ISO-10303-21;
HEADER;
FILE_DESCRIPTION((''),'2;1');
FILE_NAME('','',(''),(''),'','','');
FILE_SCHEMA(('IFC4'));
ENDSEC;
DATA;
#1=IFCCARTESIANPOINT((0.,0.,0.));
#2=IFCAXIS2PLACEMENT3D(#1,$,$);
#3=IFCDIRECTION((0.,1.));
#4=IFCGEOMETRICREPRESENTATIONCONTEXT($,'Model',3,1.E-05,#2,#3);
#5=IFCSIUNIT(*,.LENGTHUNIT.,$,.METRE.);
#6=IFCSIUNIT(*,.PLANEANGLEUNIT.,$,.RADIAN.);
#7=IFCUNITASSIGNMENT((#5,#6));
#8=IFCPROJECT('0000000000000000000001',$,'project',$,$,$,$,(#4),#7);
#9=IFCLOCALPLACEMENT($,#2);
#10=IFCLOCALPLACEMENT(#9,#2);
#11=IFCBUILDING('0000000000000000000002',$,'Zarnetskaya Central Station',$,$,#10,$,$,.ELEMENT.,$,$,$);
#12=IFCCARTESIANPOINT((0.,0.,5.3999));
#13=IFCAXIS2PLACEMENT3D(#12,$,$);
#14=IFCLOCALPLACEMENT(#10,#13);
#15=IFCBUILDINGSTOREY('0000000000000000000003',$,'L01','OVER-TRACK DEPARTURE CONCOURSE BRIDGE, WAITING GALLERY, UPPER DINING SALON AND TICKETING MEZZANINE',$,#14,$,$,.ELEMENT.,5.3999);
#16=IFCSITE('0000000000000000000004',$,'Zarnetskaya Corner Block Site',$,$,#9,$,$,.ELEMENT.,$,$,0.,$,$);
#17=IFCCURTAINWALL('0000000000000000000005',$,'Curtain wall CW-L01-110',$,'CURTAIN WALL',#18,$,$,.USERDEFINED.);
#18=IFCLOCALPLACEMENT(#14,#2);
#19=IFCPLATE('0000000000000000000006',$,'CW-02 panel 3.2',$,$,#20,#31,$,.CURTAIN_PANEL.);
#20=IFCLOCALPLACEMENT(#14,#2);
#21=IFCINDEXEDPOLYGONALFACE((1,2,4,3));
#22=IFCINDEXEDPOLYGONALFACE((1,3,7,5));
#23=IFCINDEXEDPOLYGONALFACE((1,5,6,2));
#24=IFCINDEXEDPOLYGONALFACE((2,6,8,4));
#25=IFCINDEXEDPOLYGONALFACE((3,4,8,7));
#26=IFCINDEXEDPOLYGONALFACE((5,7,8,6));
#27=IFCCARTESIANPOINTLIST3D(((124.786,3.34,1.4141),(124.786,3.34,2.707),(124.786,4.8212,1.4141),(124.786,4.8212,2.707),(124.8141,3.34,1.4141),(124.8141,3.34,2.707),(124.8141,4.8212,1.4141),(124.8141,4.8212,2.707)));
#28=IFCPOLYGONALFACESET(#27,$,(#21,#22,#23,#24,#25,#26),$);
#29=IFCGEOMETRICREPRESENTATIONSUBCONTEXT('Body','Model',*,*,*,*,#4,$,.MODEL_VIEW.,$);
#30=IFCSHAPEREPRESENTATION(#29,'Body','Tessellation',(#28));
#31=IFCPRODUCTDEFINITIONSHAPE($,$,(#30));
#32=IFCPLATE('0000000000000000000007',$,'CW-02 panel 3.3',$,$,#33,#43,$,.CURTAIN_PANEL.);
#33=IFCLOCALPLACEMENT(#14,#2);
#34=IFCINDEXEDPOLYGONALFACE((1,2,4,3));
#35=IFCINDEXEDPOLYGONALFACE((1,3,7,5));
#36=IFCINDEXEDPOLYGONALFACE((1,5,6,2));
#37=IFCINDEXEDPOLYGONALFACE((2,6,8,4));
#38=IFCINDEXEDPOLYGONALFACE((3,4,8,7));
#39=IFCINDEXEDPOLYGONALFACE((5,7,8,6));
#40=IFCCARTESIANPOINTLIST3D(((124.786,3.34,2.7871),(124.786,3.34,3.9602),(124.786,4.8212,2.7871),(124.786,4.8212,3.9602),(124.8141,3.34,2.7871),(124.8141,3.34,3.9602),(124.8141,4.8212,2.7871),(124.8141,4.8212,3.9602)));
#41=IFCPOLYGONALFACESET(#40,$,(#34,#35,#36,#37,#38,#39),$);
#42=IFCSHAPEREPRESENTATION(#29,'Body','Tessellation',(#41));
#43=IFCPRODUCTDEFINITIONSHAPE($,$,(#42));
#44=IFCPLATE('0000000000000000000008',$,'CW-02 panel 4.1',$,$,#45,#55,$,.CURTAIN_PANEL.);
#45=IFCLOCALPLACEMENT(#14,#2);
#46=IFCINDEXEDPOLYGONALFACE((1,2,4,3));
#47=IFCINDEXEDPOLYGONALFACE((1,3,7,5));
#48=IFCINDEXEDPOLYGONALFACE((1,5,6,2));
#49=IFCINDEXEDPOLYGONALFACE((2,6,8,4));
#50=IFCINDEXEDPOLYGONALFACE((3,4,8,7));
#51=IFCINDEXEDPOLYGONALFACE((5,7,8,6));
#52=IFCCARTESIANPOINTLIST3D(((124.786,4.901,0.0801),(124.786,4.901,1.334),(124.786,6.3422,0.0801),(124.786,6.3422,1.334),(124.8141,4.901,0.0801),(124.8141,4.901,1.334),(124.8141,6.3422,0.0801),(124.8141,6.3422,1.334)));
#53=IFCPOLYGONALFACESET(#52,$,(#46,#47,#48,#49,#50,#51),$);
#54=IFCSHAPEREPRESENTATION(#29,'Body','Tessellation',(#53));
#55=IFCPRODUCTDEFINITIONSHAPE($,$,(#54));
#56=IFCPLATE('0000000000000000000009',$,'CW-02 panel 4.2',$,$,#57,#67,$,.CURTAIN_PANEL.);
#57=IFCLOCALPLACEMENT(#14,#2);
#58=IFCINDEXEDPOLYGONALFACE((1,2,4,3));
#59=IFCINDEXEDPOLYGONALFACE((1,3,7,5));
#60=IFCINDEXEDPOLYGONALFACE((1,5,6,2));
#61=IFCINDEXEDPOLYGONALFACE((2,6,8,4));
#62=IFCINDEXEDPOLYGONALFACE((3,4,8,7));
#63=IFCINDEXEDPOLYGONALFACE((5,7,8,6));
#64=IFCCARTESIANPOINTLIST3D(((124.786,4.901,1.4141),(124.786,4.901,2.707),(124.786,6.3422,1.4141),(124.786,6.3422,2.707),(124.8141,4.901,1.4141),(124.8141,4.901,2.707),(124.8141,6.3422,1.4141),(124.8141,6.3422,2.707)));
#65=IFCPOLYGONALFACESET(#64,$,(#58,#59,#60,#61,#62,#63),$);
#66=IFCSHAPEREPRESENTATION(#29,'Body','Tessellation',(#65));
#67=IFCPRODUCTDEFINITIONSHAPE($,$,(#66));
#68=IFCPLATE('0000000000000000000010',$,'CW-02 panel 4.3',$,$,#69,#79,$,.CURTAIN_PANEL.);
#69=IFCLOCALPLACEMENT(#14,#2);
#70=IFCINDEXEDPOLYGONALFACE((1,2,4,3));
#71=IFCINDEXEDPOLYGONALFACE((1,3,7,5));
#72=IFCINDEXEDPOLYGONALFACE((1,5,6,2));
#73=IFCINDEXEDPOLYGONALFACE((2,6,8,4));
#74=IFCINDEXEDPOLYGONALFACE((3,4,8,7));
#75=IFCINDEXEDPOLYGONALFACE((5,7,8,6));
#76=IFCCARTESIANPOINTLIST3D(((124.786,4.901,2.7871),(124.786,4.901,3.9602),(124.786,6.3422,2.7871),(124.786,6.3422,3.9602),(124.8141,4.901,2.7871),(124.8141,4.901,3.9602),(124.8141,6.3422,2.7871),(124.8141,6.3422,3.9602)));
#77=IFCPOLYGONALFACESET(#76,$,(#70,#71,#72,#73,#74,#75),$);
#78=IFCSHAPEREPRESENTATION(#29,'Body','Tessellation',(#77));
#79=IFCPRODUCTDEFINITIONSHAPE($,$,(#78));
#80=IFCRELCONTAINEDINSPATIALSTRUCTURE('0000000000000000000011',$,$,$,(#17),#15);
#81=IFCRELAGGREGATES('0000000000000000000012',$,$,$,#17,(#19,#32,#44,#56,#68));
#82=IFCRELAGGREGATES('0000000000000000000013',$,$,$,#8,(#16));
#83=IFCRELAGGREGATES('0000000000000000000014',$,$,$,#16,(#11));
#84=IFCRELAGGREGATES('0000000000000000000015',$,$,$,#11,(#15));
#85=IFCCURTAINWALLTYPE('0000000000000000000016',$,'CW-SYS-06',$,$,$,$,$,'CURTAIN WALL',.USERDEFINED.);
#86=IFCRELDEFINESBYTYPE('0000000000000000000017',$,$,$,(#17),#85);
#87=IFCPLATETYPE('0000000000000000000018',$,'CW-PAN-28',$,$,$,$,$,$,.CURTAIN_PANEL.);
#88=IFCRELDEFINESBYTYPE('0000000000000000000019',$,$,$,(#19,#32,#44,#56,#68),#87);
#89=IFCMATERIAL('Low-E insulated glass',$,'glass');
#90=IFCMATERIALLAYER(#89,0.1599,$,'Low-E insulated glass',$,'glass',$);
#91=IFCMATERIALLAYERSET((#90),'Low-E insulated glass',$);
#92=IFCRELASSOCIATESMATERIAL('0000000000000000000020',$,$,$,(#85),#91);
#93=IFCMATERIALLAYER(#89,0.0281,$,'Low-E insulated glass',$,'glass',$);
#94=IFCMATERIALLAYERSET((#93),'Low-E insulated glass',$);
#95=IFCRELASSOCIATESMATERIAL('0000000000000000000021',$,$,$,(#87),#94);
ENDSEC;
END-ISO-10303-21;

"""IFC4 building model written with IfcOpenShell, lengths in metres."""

from ifc_helpers import new_model, si_unit, direction, frame, origin, origin_2d, place, context, subcontext, project, spatial, rectangle, extrude, material, layer, layer_set, type_object, element, aggregate, save


model = new_model("IFC4")

# Units and contexts
model_context = context("Model", 3, precision=1e-05, world=origin(), true_north=direction((0.0, 1.0)))
body_context = subcontext(model_context, "Body", "Model", "MODEL_VIEW")
ifc_project = project(units=[si_unit("LENGTHUNIT", "METRE"), si_unit("PLANEANGLEUNIT", "RADIAN")], contexts=[model_context])

# Site, building, storey
site_placement = place(None, origin())
site = spatial("IfcSite", under=ifc_project, at=site_placement, Name="Zarnetskaya Corner Block Site", CompositionType="ELEMENT", RefElevation=0.0)
building_placement = place(site_placement, origin())
building = spatial("IfcBuilding", under=site, at=building_placement, Name="Zarnetskaya Central Station", CompositionType="ELEMENT")
storey_placement = place(building_placement, frame((0.0, 0.0, 5.3999)))
storey = spatial("IfcBuildingStorey", under=building, at=storey_placement, Name="L01", Description="OVER-TRACK DEPARTURE CONCOURSE BRIDGE, WAITING GALLERY, UPPER DINING SALON AND TICKETING MEZZANINE", CompositionType="ELEMENT", Elevation=5.3999)

# Curtain wall
ifc_material_1 = material(Name="Low-E insulated glass", Category="glass")
ifc_layer_1 = layer(ifc_material_1, 0.1599, Name="Low-E insulated glass", Category="glass")
ifc_layer_set_1 = layer_set([ifc_layer_1], Name="Low-E insulated glass")
curtain_wall_type = type_object("IfcCurtainWallType", Name="CW-SYS-06", ElementType="CURTAIN WALL", PredefinedType="USERDEFINED", material=ifc_layer_set_1)
curtain_wall_placement = place(storey_placement, origin())
curtain_wall = element("IfcCurtainWall", 1, at=curtain_wall_placement, inside=storey, type_object=curtain_wall_type, Name="Curtain wall CW-L01-110", ObjectType="CURTAIN WALL", PredefinedType="USERDEFINED")

# Plates
ifc_layer_2 = layer(ifc_material_1, 0.0281, Name="Low-E insulated glass", Category="glass")
ifc_layer_set_2 = layer_set([ifc_layer_2], Name="Low-E insulated glass")
plate_type = type_object("IfcPlateType", Name="CW-PAN-28", PredefinedType="CURTAIN_PANEL", material=ifc_layer_set_2)
plate_1_placement = place(storey_placement, frame((124.8, 4.0806, 1.4141), z_axis=(0.0, 0.0, 1.0), x_axis=(0.0, 1.0, 0.0)))
plate_1 = element("IfcPlate", 2, at=plate_1_placement, type_object=plate_type, Name="CW-02 panel 3.2", PredefinedType="CURTAIN_PANEL", context=body_context, shape_type="SweptSolid", body=[
    extrude(rectangle(XDim=1.4812, YDim=0.0281, at=origin_2d()), origin(), (0.0, 0.0, 1.0), 1.293),
])
plate_2_placement = place(storey_placement, frame((124.8, 4.0806, 2.7871), z_axis=(0.0, 0.0, 1.0), x_axis=(0.0, 1.0, 0.0)))
plate_2 = element("IfcPlate", 3, at=plate_2_placement, type_object=plate_type, Name="CW-02 panel 3.3", PredefinedType="CURTAIN_PANEL", context=body_context, shape_type="SweptSolid", body=[
    extrude(rectangle(XDim=1.4812, YDim=0.0281, at=origin_2d()), origin(), (0.0, 0.0, 1.0), 1.1731),
])
plate_3_placement = place(storey_placement, frame((124.8, 5.6216, 0.0801), z_axis=(0.0, 0.0, 1.0), x_axis=(0.0, 1.0, 0.0)))
plate_3 = element("IfcPlate", 4, at=plate_3_placement, type_object=plate_type, Name="CW-02 panel 4.1", PredefinedType="CURTAIN_PANEL", context=body_context, shape_type="SweptSolid", body=[
    extrude(rectangle(XDim=1.4412, YDim=0.0281, at=origin_2d()), origin(), (0.0, 0.0, 1.0), 1.2539),
])
plate_4_placement = place(storey_placement, frame((124.8, 5.6216, 1.4141), z_axis=(0.0, 0.0, 1.0), x_axis=(0.0, 1.0, 0.0)))
plate_4 = element("IfcPlate", 5, at=plate_4_placement, type_object=plate_type, Name="CW-02 panel 4.2", PredefinedType="CURTAIN_PANEL", context=body_context, shape_type="SweptSolid", body=[
    extrude(rectangle(XDim=1.4412, YDim=0.0281, at=origin_2d()), origin(), (0.0, 0.0, 1.0), 1.293),
])
plate_5_placement = place(storey_placement, frame((124.8, 5.6216, 2.7871), z_axis=(0.0, 0.0, 1.0), x_axis=(0.0, 1.0, 0.0)))
plate_5 = element("IfcPlate", 6, at=plate_5_placement, type_object=plate_type, Name="CW-02 panel 4.3", PredefinedType="CURTAIN_PANEL", context=body_context, shape_type="SweptSolid", body=[
    extrude(rectangle(XDim=1.4412, YDim=0.0281, at=origin_2d()), origin(), (0.0, 0.0, 1.0), 1.1731),
])
aggregate(curtain_wall, [plate_1, plate_2, plate_3, plate_4, plate_5])

save(model, "model.ifc")
